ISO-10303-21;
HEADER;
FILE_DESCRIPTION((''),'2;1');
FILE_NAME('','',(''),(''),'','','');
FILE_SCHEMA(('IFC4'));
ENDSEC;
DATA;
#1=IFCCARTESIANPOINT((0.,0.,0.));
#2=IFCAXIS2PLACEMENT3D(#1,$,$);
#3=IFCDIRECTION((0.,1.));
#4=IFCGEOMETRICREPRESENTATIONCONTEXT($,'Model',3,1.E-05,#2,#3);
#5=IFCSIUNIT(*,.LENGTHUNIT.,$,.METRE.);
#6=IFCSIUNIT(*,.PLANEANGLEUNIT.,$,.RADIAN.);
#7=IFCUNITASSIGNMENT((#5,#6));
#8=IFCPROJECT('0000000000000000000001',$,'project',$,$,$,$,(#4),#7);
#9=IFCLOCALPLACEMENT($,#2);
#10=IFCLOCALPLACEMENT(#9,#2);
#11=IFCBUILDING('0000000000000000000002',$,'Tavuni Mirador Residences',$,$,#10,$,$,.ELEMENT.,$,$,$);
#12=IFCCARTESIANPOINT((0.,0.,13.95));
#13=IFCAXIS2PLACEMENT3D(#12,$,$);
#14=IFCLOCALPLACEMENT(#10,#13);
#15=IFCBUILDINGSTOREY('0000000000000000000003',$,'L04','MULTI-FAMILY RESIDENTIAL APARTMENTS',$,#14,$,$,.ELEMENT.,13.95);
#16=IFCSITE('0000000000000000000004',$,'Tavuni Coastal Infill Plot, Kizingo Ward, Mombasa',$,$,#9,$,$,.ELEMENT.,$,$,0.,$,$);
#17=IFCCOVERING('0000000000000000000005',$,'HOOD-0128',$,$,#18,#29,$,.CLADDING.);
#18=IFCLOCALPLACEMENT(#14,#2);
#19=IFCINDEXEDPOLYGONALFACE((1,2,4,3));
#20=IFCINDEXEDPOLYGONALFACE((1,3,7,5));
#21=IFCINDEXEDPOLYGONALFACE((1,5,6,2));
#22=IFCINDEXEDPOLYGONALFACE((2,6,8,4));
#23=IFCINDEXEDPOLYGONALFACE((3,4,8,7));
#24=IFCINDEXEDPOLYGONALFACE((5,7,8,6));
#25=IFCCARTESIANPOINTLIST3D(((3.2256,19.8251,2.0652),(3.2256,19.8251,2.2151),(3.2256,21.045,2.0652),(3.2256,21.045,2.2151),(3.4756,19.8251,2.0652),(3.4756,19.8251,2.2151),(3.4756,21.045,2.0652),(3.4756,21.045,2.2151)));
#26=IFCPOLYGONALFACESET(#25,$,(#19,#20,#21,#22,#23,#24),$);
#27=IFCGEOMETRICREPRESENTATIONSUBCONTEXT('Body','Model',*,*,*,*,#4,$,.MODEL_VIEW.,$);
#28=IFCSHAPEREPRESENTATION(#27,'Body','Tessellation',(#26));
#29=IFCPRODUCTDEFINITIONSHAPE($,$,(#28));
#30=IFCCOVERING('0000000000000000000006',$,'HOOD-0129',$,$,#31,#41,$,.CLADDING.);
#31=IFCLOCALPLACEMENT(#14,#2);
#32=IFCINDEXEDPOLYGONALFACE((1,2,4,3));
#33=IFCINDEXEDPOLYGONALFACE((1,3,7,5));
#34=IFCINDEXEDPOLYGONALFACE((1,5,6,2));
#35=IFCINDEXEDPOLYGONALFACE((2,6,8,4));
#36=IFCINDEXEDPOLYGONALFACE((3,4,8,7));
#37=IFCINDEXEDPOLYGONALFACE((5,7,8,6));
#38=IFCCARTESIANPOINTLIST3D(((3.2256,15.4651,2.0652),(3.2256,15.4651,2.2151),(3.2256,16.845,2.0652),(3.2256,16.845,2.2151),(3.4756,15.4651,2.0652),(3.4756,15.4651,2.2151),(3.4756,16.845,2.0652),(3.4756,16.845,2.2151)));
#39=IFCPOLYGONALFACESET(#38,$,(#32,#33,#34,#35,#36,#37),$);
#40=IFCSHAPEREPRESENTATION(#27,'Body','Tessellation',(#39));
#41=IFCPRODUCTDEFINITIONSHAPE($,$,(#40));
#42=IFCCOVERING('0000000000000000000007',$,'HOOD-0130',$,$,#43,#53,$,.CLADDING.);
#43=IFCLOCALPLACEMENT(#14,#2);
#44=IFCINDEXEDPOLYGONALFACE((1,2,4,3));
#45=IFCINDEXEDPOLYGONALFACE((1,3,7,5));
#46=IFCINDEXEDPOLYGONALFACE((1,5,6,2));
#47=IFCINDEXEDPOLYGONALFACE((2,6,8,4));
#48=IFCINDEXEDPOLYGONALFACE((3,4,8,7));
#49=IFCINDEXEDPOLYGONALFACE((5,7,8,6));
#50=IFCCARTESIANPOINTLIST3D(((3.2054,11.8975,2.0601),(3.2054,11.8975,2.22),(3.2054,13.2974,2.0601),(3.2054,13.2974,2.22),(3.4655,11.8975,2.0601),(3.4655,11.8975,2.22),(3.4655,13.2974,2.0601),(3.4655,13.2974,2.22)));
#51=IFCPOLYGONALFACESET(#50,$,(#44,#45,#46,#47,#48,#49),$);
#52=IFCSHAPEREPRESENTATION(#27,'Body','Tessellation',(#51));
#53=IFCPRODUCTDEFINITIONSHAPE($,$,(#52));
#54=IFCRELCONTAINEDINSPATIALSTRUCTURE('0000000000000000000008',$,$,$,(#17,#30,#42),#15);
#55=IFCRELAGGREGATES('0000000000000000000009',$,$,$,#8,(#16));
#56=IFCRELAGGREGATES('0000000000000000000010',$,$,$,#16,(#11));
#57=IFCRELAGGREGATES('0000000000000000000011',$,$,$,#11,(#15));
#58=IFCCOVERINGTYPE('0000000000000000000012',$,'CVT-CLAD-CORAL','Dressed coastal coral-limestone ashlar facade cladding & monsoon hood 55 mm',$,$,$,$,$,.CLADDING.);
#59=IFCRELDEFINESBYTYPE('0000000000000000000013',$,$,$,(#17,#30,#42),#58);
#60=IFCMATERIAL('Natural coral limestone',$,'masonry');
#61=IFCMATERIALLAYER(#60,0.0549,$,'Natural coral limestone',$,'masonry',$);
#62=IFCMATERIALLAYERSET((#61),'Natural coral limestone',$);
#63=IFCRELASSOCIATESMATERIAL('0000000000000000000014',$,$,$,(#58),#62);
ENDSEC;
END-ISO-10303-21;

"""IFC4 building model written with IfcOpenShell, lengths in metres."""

from ifc_helpers import new_model, si_unit, direction, frame, origin, origin_2d, place, context, subcontext, project, spatial, rectangle, extrude, material, layer, layer_set, type_object, element, save


model = new_model("IFC4")

# Units and contexts
model_context = context("Model", 3, precision=1e-05, world=origin(), true_north=direction((0.0, 1.0)))
body_context = subcontext(model_context, "Body", "Model", "MODEL_VIEW")
ifc_project = project(units=[si_unit("LENGTHUNIT", "METRE"), si_unit("PLANEANGLEUNIT", "RADIAN")], contexts=[model_context])

# Site, building, storey
site_placement = place(None, origin())
site = spatial("IfcSite", under=ifc_project, at=site_placement, Name="Tavuni Coastal Infill Plot, Kizingo Ward, Mombasa", CompositionType="ELEMENT", RefElevation=0.0)
building_placement = place(site_placement, origin())
building = spatial("IfcBuilding", under=site, at=building_placement, Name="Tavuni Mirador Residences", CompositionType="ELEMENT")
storey_placement = place(building_placement, frame((0.0, 0.0, 13.95)))
storey = spatial("IfcBuildingStorey", under=building, at=storey_placement, Name="L04", Description="MULTI-FAMILY RESIDENTIAL APARTMENTS", CompositionType="ELEMENT", Elevation=13.95)

# Coverings
ifc_material_1 = material(Name="Natural coral limestone", Category="masonry")
ifc_layer_1 = layer(ifc_material_1, 0.0549, Name="Natural coral limestone", Category="masonry")
ifc_layer_set_1 = layer_set([ifc_layer_1], Name="Natural coral limestone")
covering_type = type_object("IfcCoveringType", Name="CVT-CLAD-CORAL", Description="Dressed coastal coral-limestone ashlar facade cladding & monsoon hood 55 mm", PredefinedType="CLADDING", material=ifc_layer_set_1)
covering_1_placement = place(storey_placement, frame((3.3506, 20.4351, 2.0652), z_axis=(0.0, 0.0, 1.0), x_axis=(0.0, -1.0, 0.0)))
element("IfcCovering", 1, at=covering_1_placement, inside=storey, type_object=covering_type, Name="HOOD-0128", PredefinedType="CLADDING", context=body_context, shape_type="SweptSolid", body=[
    extrude(rectangle(XDim=1.22, YDim=0.25, at=origin_2d()), origin(), (0.0, 0.0, 1.0), 0.1499),
])
covering_2_placement = place(storey_placement, frame((3.3506, 16.155, 2.0652), z_axis=(0.0, 0.0, 1.0), x_axis=(0.0, -1.0, 0.0)))
element("IfcCovering", 2, at=covering_2_placement, inside=storey, type_object=covering_type, Name="HOOD-0129", PredefinedType="CLADDING", context=body_context, shape_type="SweptSolid", body=[
    extrude(rectangle(XDim=1.3799, YDim=0.25, at=origin_2d()), origin(), (0.0, 0.0, 1.0), 0.1499),
])
covering_3_placement = place(storey_placement, frame((3.3354, 12.5974, 2.0601), z_axis=(0.0, 0.0, 1.0), x_axis=(0.0, -1.0, 0.0)))
element("IfcCovering", 3, at=covering_3_placement, inside=storey, type_object=covering_type, Name="HOOD-0130", PredefinedType="CLADDING", context=body_context, shape_type="SweptSolid", body=[
    extrude(rectangle(XDim=1.3999, YDim=0.26, at=origin_2d()), origin(), (0.0, 0.0, 1.0), 0.1599),
])

save(model, "model.ifc")
